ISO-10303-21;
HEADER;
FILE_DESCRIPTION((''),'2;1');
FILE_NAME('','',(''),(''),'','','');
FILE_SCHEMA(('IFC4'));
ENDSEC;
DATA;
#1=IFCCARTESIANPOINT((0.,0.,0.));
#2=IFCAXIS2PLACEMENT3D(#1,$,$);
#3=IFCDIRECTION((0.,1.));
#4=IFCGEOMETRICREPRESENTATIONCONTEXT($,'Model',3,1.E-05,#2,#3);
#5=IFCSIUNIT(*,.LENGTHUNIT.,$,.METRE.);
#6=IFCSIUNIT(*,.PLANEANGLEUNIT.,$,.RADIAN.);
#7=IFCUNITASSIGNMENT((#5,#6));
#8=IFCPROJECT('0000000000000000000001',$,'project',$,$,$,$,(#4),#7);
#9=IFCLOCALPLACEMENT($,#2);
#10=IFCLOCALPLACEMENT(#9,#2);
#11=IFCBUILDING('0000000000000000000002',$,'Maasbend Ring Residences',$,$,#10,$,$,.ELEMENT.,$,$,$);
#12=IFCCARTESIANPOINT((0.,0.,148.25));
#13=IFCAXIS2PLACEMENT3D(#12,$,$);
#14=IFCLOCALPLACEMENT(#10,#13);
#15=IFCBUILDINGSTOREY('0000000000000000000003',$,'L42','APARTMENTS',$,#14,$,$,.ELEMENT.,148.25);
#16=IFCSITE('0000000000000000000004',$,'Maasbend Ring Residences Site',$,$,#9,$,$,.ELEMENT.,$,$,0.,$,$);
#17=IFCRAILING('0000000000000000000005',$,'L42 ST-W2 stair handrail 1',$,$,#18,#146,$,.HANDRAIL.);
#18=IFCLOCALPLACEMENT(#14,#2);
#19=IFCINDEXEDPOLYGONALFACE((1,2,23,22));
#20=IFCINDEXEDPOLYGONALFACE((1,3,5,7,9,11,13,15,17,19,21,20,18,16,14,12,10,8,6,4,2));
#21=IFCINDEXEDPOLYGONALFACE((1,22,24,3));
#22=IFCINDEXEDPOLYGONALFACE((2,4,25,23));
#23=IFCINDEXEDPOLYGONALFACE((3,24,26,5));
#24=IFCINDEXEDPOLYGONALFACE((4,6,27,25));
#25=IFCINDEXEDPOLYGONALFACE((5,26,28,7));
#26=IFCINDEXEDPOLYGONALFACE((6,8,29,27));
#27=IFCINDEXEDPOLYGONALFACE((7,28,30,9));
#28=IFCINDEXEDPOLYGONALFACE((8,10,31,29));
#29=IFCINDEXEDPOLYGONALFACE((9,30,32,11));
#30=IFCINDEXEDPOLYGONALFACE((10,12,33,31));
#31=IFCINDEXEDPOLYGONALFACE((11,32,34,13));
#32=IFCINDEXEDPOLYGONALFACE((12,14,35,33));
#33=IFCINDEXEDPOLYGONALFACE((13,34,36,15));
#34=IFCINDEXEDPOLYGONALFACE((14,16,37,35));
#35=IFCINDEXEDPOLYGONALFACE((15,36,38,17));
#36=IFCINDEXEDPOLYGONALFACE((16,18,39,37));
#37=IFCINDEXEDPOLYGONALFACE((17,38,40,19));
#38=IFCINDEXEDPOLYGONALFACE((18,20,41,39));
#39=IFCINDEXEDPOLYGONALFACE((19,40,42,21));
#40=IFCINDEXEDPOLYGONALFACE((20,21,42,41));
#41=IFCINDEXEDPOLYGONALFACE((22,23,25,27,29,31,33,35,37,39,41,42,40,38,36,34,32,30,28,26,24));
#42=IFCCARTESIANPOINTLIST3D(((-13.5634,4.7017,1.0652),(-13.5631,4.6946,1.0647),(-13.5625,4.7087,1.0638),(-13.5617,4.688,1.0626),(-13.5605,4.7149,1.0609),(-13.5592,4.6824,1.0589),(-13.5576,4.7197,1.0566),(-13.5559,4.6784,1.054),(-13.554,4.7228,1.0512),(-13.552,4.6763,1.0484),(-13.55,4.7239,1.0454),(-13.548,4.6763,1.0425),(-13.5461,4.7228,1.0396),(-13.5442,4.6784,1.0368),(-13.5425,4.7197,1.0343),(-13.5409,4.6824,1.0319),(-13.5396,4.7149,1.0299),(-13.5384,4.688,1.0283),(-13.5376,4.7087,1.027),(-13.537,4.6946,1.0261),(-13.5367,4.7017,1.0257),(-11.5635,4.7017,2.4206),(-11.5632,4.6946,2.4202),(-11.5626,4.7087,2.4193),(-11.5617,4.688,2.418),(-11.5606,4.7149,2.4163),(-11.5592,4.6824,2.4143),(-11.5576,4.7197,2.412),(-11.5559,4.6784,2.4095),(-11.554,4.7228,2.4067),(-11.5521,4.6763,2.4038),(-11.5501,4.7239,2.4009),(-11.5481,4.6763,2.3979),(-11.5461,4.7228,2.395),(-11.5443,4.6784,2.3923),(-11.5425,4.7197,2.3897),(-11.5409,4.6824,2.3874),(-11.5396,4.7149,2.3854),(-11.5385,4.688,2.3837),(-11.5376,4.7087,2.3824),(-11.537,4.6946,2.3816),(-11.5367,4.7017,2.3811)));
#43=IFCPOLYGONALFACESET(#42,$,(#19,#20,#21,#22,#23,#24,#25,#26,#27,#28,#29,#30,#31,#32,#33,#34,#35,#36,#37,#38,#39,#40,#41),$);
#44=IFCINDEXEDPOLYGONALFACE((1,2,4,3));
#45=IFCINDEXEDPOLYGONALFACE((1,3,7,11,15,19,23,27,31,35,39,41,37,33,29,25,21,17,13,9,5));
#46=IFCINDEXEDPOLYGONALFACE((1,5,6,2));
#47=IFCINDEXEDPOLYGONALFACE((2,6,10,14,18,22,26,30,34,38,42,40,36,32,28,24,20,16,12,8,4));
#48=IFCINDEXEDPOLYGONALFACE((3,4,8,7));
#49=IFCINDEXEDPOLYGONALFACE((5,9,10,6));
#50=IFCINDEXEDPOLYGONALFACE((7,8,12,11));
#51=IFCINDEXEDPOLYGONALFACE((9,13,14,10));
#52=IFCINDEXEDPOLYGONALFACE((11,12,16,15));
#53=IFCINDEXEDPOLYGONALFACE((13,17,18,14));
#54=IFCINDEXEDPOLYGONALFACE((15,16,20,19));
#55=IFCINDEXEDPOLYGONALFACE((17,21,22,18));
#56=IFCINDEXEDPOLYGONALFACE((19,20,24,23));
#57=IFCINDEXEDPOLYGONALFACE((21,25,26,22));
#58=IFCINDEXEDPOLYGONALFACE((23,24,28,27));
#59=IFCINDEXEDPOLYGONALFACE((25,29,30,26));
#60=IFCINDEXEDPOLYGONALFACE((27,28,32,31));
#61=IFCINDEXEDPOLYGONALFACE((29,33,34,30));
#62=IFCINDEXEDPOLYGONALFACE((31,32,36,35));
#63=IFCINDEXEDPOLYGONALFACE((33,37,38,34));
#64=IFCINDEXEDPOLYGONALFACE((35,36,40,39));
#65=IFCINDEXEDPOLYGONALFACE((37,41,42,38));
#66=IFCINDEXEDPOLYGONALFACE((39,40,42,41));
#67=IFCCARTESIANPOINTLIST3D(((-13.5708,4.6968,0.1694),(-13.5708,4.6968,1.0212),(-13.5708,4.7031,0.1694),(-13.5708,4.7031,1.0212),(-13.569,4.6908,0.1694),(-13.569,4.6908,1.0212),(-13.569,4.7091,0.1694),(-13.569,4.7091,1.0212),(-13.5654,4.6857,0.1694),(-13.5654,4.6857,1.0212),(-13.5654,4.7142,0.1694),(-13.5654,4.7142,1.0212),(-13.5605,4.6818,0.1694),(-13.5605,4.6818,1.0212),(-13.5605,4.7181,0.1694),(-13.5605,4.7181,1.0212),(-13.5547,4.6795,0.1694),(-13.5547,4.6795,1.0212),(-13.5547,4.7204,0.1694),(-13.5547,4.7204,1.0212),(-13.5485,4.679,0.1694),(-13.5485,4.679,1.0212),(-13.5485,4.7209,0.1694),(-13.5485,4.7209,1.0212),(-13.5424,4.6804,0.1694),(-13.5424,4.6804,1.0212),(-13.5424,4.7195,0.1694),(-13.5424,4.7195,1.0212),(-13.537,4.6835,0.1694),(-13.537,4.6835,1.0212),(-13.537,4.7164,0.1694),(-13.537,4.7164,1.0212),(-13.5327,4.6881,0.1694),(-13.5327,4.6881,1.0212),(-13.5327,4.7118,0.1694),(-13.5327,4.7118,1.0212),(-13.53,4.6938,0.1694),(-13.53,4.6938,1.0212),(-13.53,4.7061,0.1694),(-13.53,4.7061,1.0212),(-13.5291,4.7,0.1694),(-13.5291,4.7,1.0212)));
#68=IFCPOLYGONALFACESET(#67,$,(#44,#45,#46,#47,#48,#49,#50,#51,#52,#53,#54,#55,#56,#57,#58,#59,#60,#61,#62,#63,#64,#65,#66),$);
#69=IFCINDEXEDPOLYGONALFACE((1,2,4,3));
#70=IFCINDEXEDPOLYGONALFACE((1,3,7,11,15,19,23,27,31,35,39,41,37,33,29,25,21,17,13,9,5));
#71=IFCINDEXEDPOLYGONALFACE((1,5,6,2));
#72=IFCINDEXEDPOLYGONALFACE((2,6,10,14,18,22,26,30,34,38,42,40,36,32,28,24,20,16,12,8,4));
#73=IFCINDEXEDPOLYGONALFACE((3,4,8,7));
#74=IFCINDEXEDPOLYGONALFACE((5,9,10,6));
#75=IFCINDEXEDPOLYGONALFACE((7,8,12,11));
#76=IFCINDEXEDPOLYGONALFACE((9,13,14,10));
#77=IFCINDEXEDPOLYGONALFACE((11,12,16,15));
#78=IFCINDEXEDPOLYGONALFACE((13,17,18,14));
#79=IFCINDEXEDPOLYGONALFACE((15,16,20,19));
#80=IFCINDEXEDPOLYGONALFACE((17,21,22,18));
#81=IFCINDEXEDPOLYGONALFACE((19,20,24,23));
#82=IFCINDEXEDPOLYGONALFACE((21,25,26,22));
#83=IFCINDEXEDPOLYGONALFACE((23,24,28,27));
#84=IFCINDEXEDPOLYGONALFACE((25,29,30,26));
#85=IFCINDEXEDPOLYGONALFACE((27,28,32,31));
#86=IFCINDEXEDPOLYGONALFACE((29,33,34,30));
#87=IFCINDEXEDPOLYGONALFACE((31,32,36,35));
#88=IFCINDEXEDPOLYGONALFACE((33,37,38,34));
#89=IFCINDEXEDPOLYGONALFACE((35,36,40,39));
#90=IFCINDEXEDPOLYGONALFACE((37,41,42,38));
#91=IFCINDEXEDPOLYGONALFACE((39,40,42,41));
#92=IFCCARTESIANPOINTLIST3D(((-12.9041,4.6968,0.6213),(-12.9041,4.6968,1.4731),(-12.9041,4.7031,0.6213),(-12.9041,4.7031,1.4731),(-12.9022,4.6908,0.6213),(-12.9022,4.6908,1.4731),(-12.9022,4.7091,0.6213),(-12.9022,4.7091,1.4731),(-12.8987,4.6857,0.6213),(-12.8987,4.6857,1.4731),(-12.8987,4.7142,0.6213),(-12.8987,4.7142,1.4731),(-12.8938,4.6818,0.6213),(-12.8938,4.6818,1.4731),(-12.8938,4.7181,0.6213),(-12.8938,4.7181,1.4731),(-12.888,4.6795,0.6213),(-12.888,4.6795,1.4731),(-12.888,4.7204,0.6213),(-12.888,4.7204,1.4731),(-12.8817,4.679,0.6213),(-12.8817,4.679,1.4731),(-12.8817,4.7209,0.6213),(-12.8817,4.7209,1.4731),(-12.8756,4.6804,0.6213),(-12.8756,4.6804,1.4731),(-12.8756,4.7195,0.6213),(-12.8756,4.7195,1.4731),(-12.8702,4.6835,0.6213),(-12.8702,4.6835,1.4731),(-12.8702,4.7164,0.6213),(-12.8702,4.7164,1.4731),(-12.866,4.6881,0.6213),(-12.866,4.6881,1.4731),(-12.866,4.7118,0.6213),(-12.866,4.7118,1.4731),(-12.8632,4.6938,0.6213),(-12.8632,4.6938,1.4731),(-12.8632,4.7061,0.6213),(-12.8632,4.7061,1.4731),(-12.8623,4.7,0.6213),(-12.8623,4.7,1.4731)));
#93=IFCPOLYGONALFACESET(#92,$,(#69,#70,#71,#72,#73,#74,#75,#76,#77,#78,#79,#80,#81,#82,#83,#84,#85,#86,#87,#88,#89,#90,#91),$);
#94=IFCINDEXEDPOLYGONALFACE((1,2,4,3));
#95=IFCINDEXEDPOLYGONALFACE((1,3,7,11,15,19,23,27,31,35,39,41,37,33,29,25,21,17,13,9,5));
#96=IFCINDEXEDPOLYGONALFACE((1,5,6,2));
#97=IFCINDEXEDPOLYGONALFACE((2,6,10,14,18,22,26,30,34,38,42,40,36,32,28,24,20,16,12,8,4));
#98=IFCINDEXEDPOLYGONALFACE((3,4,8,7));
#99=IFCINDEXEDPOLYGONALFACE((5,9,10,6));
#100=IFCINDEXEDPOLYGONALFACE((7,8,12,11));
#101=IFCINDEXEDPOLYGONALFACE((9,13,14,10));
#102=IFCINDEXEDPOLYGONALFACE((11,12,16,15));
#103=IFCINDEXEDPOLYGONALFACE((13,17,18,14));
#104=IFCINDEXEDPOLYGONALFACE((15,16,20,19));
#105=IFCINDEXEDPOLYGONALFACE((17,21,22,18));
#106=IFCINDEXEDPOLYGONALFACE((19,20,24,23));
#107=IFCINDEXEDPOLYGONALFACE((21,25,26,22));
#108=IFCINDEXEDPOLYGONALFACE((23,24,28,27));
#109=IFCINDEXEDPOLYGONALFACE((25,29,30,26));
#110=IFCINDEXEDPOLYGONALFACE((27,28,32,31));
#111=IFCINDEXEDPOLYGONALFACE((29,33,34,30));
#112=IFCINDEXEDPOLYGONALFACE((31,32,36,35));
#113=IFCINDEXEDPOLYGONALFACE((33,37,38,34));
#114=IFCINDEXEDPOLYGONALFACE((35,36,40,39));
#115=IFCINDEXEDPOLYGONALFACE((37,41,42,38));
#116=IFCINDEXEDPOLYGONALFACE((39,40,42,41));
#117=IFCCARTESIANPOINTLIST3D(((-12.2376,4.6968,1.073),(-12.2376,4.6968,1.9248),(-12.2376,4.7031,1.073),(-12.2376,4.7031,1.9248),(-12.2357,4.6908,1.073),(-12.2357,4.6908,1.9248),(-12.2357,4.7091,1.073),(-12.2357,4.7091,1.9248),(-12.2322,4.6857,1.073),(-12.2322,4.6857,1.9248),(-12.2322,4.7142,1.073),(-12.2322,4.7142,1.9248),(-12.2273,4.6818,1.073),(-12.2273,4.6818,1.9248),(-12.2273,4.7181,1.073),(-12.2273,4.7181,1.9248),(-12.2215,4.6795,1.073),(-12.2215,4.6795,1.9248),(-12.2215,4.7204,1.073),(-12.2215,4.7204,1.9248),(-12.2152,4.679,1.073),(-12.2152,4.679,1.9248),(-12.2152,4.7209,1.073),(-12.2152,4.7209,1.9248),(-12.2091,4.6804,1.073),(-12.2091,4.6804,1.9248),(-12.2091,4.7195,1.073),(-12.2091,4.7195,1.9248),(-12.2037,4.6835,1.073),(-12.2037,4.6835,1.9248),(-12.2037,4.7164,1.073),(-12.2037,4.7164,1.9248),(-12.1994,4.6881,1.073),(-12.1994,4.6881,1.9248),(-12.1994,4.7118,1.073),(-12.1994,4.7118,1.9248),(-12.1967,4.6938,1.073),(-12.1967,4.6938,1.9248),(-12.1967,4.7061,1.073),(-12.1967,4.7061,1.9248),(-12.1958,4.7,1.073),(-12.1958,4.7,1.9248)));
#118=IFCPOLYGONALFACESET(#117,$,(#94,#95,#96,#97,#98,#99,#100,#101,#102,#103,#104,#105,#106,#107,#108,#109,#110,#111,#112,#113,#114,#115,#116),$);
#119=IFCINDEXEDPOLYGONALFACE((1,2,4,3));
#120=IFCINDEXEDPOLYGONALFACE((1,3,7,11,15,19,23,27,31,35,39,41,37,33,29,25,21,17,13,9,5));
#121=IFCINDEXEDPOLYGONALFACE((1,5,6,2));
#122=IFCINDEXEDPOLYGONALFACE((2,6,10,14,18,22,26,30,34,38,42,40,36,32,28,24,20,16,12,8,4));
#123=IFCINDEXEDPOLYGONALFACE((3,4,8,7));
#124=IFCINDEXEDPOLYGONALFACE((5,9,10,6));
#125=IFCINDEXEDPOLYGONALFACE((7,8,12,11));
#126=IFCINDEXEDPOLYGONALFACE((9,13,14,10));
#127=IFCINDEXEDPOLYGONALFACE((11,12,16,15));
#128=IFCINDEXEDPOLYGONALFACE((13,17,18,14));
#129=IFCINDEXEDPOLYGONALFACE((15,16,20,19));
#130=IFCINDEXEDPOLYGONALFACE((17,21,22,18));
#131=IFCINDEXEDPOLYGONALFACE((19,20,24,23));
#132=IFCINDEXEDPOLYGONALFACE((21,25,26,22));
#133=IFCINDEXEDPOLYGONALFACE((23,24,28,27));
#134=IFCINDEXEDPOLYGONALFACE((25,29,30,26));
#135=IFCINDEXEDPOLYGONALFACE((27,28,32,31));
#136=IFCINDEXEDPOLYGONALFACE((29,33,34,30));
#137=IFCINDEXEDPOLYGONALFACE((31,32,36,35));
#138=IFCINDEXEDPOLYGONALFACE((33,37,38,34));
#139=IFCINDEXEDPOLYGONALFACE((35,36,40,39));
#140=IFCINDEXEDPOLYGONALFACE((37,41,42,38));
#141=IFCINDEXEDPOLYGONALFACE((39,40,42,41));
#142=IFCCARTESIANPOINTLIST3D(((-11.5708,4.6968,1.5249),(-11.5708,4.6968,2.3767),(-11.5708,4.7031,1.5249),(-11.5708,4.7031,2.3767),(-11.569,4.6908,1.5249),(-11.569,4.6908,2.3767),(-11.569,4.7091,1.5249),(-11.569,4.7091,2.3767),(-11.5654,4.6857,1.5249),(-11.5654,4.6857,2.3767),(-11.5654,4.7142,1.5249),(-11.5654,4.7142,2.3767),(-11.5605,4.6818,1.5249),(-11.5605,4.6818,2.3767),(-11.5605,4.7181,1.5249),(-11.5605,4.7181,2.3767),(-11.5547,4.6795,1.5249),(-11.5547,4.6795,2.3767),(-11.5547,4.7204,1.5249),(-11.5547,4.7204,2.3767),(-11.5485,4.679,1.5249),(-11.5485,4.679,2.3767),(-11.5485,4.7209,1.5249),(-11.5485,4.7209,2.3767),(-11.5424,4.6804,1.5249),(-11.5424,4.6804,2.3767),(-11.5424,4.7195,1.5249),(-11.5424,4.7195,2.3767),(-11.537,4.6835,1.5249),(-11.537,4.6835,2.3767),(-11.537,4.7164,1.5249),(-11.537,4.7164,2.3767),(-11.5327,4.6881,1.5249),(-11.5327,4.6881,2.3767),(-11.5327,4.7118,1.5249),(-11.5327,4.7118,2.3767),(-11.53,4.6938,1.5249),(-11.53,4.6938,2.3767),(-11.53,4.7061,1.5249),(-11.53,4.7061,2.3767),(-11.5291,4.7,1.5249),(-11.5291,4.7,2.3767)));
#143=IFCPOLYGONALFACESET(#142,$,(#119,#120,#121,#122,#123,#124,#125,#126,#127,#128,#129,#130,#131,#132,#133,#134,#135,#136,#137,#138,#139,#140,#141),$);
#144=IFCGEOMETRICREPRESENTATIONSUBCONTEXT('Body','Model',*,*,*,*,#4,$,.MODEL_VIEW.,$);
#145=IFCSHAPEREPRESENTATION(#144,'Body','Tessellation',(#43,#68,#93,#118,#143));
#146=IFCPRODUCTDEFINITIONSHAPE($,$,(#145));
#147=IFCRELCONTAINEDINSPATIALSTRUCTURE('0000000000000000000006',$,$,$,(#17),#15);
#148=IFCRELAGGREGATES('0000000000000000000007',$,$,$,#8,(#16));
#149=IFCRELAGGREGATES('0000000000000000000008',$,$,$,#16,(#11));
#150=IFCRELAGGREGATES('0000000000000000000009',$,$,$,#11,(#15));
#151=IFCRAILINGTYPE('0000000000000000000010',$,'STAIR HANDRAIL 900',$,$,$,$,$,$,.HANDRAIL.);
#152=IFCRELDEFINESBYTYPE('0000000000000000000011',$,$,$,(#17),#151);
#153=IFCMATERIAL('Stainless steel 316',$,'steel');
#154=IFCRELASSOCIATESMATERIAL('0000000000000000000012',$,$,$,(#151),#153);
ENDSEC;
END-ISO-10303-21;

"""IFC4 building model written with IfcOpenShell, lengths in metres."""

from ifc_helpers import new_model, si_unit, direction, frame, origin, origin_2d, place, context, subcontext, project, spatial, circle, extrude, material, type_object, element, save


model = new_model("IFC4")

# Units and contexts
model_context = context("Model", 3, precision=1e-05, world=origin(), true_north=direction((0.0, 1.0)))
body_context = subcontext(model_context, "Body", "Model", "MODEL_VIEW")
ifc_project = project(units=[si_unit("LENGTHUNIT", "METRE"), si_unit("PLANEANGLEUNIT", "RADIAN")], contexts=[model_context])

# Site, building, storey
site_placement = place(None, origin())
site = spatial("IfcSite", under=ifc_project, at=site_placement, Name="Maasbend Ring Residences Site", CompositionType="ELEMENT", RefElevation=0.0)
building_placement = place(site_placement, origin())
building = spatial("IfcBuilding", under=site, at=building_placement, Name="Maasbend Ring Residences", CompositionType="ELEMENT")
storey_placement = place(building_placement, frame((0.0, 0.0, 148.25)))
storey = spatial("IfcBuildingStorey", under=building, at=storey_placement, Name="L42", Description="APARTMENTS", CompositionType="ELEMENT", Elevation=148.25)

# Railing
ifc_material_1 = material(Name="Stainless steel 316", Category="steel")
railing_type_1 = type_object("IfcRailingType", Name="STAIR HANDRAIL 900", PredefinedType="HANDRAIL", material=ifc_material_1)
railing_1_placement = place(storey_placement, frame((-13.55, 4.7, 0.1694)))
element("IfcRailing", 1, at=railing_1_placement, inside=storey, type_object=railing_type_1, Name="L42 ST-W2 stair handrail 1", PredefinedType="HANDRAIL", context=body_context, shape_type="SweptSolid", body=[
    extrude(circle(Radius=0.0239, at=origin_2d()), frame((0.0, 0.0, 0.876), z_axis=(0.827798, 0.0, 0.561027), x_axis=(0.0, 1.0, 0.0)), (0.0, 0.0, 1.0), 2.416),
    extrude(circle(Radius=0.021, at=origin_2d()), origin(), (0.0, 0.0, 1.0), 0.8518),
    extrude(circle(Radius=0.021, at=origin_2d()), frame((0.6667, 0.0, 0.4519)), (0.0, 0.0, 1.0), 0.8518),
    extrude(circle(Radius=0.021, at=origin_2d()), frame((1.3333, 0.0, 0.9036)), (0.0, 0.0, 1.0), 0.8518),
    extrude(circle(Radius=0.021, at=origin_2d()), frame((2.0, 0.0, 1.3555)), (0.0, 0.0, 1.0), 0.8518),
])

save(model, "model.ifc")
